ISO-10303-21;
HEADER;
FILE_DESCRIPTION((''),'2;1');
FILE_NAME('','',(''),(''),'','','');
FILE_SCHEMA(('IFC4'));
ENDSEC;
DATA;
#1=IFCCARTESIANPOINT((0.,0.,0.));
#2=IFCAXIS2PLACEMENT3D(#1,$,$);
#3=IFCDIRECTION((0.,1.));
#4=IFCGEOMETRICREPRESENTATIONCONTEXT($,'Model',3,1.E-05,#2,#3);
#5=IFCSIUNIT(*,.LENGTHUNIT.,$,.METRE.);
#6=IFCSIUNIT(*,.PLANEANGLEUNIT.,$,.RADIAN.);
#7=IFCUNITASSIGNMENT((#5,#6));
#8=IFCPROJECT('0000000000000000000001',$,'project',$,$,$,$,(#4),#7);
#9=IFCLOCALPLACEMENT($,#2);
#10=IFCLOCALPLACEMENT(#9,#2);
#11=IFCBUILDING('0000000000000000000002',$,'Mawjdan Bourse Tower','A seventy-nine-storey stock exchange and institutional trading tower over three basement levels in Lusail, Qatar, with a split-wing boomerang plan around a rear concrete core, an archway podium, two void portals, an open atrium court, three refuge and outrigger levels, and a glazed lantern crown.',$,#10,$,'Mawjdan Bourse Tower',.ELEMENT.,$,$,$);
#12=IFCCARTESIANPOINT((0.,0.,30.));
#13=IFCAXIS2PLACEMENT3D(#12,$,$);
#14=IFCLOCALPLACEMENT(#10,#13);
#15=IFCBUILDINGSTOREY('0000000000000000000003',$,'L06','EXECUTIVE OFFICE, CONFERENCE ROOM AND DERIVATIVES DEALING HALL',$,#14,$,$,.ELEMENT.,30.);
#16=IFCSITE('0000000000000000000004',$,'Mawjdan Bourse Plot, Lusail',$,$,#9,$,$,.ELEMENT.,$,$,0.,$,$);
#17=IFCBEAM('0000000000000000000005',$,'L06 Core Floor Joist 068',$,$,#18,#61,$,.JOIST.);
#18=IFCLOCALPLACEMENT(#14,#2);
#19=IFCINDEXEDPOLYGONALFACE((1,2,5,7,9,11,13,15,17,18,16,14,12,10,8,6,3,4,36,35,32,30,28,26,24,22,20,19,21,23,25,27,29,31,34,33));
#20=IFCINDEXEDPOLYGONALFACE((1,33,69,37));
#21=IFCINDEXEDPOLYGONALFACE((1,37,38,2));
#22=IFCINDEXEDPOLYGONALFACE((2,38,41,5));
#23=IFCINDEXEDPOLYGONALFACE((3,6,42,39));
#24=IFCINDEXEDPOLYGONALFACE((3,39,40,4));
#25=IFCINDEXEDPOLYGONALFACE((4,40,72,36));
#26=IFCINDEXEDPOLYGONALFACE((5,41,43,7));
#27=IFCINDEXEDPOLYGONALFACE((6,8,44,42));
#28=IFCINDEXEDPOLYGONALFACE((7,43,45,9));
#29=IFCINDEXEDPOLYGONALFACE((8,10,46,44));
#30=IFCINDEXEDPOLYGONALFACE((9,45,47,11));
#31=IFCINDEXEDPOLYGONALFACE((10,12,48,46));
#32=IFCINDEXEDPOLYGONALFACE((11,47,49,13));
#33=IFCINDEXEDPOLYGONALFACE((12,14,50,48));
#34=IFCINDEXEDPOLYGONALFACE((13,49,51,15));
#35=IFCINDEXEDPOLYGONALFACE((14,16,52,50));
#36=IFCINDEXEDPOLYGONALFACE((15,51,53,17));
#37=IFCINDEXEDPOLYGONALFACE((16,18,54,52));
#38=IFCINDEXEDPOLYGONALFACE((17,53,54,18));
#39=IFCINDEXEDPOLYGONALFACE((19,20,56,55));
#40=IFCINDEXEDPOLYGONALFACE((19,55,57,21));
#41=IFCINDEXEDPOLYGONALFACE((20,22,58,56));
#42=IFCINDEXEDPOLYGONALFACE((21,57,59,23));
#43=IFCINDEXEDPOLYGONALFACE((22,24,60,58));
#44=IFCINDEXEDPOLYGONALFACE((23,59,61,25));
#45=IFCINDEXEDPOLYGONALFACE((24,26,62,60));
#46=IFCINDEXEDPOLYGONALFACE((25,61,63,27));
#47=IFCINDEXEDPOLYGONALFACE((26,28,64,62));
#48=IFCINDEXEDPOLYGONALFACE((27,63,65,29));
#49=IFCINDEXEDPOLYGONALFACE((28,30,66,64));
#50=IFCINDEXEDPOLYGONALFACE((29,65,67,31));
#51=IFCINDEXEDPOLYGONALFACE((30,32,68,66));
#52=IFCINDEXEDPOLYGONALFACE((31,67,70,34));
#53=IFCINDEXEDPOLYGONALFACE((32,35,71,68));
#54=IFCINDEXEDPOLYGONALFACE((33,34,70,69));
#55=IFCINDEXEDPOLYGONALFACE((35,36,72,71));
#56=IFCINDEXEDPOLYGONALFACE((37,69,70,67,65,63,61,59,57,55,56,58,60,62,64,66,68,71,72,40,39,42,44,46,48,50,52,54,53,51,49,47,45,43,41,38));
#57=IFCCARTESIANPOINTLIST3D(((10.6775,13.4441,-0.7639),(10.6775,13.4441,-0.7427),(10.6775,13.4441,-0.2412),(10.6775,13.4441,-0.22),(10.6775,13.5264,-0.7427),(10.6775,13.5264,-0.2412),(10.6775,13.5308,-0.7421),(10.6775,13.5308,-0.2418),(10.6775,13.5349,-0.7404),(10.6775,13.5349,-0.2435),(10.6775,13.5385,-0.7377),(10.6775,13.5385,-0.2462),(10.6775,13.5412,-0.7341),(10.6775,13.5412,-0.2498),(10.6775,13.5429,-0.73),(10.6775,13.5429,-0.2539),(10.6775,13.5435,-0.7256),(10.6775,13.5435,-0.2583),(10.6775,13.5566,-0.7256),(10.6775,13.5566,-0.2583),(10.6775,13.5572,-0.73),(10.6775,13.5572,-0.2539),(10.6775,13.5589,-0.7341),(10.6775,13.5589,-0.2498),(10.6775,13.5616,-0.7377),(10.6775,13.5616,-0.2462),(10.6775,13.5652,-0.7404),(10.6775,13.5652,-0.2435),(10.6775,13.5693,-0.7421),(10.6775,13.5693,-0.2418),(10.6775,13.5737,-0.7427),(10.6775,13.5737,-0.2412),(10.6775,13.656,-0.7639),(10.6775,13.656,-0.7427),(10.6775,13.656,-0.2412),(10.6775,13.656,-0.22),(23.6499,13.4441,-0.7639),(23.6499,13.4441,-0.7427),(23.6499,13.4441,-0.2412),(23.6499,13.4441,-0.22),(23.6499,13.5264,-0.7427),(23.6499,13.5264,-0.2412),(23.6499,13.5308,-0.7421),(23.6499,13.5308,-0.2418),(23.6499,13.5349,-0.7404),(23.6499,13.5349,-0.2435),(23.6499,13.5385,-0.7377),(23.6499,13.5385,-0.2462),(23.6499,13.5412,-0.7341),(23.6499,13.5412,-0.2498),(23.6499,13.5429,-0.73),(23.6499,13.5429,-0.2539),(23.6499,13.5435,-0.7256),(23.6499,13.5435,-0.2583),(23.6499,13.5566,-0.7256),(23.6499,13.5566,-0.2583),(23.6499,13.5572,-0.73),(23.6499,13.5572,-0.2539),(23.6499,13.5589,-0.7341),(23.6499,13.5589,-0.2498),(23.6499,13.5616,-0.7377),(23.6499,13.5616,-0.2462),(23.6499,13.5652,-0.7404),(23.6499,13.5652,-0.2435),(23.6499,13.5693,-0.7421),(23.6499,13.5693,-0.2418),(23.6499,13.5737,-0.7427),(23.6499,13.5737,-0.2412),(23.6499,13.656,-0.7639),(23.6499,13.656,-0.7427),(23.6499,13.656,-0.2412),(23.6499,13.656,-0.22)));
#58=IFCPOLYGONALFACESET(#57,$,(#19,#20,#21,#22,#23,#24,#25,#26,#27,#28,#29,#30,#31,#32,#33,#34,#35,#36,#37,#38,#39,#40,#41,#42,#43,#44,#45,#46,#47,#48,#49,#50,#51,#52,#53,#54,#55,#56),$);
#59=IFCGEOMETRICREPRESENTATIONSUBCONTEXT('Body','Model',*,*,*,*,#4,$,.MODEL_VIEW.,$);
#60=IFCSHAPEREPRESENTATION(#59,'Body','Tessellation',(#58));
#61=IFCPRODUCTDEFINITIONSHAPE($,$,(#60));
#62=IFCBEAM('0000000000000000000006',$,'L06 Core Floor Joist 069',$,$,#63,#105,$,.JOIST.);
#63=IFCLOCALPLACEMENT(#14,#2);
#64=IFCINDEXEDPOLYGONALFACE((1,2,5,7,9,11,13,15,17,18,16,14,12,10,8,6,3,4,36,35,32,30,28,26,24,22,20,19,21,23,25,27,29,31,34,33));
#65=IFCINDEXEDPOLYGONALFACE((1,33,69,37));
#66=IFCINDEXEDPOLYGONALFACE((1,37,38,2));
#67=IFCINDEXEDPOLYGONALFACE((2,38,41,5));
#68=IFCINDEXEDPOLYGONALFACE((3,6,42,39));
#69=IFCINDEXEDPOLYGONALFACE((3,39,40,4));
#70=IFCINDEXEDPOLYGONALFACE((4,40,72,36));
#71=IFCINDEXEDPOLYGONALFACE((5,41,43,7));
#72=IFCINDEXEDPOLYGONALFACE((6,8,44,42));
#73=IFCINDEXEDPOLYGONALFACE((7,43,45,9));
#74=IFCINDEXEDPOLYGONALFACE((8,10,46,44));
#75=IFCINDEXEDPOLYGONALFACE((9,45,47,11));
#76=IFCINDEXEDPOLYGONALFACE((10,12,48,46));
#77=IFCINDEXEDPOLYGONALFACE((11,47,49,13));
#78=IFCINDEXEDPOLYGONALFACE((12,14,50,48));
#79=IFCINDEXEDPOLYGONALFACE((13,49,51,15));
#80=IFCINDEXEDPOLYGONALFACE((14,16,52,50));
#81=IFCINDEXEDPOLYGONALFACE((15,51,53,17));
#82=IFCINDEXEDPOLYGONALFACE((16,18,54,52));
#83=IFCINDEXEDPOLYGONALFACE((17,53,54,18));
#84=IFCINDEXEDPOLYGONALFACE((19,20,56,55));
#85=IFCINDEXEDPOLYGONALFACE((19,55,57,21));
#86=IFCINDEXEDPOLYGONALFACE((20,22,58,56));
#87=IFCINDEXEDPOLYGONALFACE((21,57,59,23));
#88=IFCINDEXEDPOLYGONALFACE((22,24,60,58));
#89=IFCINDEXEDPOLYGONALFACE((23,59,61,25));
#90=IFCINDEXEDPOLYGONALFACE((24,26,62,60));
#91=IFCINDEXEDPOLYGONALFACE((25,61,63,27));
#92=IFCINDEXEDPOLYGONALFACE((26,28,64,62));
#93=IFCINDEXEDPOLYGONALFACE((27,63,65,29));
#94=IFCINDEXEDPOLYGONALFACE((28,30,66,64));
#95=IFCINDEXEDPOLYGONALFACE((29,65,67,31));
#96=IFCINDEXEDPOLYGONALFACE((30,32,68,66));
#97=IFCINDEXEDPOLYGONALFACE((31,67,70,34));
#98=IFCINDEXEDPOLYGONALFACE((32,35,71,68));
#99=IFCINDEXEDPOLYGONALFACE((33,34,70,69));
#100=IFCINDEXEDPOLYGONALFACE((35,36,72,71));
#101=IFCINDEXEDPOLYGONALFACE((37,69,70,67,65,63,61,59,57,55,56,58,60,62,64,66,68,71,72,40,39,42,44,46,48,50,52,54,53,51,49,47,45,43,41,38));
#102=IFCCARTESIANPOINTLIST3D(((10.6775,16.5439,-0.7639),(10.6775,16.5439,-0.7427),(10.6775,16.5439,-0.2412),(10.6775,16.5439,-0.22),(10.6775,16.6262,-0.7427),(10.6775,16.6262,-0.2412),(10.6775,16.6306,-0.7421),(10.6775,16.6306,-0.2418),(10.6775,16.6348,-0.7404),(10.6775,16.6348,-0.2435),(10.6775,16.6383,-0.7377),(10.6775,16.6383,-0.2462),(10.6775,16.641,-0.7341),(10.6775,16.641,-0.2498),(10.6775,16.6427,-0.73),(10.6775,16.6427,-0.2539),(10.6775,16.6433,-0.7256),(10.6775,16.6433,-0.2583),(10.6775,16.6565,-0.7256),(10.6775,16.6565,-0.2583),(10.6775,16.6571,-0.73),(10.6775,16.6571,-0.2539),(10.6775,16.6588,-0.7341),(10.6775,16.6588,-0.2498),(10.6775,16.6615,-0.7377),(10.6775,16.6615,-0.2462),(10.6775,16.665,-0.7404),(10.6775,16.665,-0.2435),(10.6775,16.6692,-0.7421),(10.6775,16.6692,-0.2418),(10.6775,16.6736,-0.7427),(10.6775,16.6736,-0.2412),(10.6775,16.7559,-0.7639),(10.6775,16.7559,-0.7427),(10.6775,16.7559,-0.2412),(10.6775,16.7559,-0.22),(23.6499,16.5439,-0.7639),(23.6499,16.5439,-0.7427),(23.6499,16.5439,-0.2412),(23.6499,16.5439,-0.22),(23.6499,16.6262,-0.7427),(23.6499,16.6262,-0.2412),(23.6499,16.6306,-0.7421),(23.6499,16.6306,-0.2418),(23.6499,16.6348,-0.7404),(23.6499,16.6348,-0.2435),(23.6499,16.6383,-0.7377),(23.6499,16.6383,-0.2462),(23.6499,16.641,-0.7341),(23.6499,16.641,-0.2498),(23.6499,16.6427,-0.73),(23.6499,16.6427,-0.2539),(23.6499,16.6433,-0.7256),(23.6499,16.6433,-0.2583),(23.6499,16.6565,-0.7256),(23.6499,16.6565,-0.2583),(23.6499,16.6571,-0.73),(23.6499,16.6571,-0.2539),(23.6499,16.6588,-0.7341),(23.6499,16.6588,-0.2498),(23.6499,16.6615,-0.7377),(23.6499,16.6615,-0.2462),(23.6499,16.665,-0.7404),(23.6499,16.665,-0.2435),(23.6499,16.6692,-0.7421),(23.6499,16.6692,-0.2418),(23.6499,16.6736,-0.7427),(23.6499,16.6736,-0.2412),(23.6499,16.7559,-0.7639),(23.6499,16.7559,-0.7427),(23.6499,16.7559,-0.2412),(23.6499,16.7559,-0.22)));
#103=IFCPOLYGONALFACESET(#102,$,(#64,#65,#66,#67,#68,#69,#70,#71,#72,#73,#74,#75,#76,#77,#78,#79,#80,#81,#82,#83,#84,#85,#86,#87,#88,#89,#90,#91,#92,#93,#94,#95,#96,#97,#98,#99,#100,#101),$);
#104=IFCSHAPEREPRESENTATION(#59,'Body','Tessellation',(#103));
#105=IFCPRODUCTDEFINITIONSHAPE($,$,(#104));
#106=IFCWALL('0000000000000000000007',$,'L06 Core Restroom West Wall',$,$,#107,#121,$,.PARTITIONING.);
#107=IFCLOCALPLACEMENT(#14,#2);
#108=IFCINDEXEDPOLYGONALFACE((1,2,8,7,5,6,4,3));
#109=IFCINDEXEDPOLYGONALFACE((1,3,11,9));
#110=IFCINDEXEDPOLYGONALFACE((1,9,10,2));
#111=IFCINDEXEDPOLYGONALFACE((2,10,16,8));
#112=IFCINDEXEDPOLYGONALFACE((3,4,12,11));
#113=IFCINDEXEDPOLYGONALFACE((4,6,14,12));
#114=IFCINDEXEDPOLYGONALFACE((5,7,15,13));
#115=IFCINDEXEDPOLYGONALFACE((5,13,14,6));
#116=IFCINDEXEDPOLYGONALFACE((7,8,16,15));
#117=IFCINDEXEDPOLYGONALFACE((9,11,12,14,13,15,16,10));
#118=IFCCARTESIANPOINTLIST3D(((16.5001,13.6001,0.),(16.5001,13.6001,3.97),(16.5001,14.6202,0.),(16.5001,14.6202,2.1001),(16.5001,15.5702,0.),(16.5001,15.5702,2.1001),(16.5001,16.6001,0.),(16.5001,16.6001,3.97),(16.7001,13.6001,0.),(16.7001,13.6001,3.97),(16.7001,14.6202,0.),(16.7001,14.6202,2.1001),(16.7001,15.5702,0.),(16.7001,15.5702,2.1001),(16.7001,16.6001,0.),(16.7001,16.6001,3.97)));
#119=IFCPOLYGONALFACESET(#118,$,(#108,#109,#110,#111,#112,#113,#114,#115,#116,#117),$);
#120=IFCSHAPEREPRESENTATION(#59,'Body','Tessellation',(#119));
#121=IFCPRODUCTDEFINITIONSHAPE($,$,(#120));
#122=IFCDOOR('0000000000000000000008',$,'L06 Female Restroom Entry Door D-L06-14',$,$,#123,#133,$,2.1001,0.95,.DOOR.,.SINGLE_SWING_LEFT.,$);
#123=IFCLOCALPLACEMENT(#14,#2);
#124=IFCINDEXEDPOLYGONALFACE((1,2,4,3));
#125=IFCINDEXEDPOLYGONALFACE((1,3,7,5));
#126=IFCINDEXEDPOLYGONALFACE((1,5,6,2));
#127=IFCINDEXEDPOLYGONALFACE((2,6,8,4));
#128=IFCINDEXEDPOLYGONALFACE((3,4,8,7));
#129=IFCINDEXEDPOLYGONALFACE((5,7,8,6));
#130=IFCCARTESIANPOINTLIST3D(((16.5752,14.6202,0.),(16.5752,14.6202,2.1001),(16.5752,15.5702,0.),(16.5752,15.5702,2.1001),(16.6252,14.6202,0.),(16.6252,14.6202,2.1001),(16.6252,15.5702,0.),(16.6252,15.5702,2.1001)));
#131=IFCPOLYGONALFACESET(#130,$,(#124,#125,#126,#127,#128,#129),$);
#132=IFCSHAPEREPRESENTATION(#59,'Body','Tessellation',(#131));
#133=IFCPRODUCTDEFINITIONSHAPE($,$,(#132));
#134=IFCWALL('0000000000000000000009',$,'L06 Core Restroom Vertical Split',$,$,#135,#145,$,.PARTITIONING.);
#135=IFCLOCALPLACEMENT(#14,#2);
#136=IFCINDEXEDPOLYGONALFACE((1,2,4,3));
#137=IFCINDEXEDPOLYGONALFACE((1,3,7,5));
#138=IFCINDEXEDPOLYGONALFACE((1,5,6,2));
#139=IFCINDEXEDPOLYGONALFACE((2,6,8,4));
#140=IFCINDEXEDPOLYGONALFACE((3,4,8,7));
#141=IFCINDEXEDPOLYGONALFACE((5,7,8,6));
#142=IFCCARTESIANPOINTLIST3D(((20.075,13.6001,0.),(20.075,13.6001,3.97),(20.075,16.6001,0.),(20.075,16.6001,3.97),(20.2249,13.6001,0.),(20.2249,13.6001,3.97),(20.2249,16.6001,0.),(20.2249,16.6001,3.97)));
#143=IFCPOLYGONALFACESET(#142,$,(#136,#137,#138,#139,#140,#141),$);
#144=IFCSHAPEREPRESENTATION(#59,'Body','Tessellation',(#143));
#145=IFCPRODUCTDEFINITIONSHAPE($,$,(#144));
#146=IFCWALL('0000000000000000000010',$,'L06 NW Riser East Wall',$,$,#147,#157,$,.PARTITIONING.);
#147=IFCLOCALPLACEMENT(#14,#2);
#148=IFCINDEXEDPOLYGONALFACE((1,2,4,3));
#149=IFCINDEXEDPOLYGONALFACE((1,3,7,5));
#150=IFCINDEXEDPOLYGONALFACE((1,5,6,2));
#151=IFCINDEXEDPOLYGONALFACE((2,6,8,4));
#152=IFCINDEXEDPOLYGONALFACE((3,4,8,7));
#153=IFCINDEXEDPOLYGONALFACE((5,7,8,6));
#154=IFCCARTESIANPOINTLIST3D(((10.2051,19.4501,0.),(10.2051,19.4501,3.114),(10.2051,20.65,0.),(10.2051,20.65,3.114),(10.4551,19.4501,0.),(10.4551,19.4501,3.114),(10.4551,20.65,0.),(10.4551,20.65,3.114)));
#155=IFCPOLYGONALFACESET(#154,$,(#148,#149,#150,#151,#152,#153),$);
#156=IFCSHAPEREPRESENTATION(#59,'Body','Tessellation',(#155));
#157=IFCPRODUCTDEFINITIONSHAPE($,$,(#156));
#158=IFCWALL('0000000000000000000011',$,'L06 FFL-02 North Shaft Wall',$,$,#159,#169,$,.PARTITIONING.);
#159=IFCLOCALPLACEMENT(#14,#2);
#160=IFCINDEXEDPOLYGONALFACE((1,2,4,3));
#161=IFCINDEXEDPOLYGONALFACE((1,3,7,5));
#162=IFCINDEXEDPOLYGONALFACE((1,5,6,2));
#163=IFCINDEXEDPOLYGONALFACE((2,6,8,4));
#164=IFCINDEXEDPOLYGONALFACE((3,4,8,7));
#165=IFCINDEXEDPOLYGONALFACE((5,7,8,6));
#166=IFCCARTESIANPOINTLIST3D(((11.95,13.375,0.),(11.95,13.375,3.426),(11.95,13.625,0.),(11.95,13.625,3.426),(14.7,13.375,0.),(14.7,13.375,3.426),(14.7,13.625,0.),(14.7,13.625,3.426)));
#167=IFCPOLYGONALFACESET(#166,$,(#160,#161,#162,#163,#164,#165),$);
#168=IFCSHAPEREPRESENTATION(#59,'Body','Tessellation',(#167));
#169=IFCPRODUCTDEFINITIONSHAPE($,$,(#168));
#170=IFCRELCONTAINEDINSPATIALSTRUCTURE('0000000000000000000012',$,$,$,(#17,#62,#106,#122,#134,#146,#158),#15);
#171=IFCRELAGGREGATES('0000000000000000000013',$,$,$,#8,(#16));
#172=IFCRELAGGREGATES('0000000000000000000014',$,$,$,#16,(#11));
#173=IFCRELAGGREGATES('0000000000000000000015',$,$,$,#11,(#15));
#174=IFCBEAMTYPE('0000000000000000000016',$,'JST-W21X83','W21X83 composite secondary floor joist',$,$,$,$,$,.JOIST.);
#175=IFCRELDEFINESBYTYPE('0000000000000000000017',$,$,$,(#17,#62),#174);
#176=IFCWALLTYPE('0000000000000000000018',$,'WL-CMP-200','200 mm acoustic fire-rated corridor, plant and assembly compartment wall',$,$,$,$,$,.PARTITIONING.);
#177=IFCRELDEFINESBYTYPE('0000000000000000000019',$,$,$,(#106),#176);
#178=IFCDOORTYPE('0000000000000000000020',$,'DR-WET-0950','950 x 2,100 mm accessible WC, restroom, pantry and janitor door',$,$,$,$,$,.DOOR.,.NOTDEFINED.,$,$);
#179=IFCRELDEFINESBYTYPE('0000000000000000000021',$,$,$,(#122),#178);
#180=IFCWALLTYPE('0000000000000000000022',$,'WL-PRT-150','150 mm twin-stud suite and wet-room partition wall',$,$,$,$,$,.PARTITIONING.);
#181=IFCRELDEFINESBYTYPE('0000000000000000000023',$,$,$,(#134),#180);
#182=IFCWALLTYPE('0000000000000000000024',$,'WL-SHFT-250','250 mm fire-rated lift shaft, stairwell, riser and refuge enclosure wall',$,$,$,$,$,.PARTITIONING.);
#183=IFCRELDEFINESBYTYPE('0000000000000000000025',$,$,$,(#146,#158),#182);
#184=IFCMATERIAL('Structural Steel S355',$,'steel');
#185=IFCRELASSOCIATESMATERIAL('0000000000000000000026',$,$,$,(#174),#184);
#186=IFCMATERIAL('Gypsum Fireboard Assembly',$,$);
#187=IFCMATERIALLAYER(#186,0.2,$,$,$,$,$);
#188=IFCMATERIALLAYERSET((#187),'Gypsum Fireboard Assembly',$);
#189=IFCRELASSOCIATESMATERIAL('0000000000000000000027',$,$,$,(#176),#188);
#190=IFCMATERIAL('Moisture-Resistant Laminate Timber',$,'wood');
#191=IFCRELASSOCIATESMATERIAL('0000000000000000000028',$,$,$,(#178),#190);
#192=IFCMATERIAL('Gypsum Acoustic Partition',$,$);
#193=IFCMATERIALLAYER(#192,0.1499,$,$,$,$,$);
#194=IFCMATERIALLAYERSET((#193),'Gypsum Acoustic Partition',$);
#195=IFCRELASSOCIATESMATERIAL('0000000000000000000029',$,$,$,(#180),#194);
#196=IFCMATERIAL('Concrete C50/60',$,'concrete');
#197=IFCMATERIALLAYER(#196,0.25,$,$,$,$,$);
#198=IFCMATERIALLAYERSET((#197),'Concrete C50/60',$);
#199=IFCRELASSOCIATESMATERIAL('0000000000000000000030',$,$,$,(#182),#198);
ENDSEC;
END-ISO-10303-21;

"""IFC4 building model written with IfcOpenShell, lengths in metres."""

from ifc_helpers import new_model, si_unit, direction, frame, frame_2d, origin, origin_2d, place, context, subcontext, project, spatial, rectangle, i_section, extrude, material, layer, layer_set, material_profile, profile_set, type_object, element, fill, save


model = new_model("IFC4")

# Units and contexts
model_context = context("Model", 3, precision=1e-05, world=origin(), true_north=direction((0.0, 1.0)))
body_context = subcontext(model_context, "Body", "Model", "MODEL_VIEW")
ifc_project = project(units=[si_unit("LENGTHUNIT", "METRE"), si_unit("PLANEANGLEUNIT", "RADIAN")], contexts=[model_context])

# Site, building, storey
site_placement = place(None, origin())
site = spatial("IfcSite", under=ifc_project, at=site_placement, Name="Mawjdan Bourse Plot, Lusail", CompositionType="ELEMENT", RefElevation=0.0)
building_placement = place(site_placement, origin())
building = spatial("IfcBuilding", under=site, at=building_placement, Name="Mawjdan Bourse Tower", Description="A seventy-nine-storey stock exchange and institutional trading tower over three basement levels in Lusail, Qatar, with a split-wing boomerang plan around a rear concrete core, an archway podium, two void portals, an open atrium court, three refuge and outrigger levels, and a glazed lantern crown.", LongName="Mawjdan Bourse Tower", CompositionType="ELEMENT")
storey_placement = place(building_placement, frame((0.0, 0.0, 30.0)))
storey = spatial("IfcBuildingStorey", under=building, at=storey_placement, Name="L06", Description="EXECUTIVE OFFICE, CONFERENCE ROOM AND DERIVATIVES DEALING HALL", CompositionType="ELEMENT", Elevation=30.0)

# Beams
ifc_material_1 = material(Name="Structural Steel S355", Category="steel")
ifc_material_profile = material_profile(ifc_material_1, i_section(OverallWidth=0.2119, OverallDepth=0.5439, WebThickness=0.0132, FlangeThickness=0.0212, FilletRadius=0.0171, at=origin_2d()), Name="W21X83")
ifc_profile_set = profile_set([ifc_material_profile], Name="Structural Steel S355")
beam_type = type_object("IfcBeamType", Name="JST-W21X83", Description="W21X83 composite secondary floor joist", PredefinedType="JOIST", material=ifc_profile_set)
for number, where, z_axis, x_axis, name in (
    (1, (10.6775, 13.55, -0.4919), (1.0, 0.0, 0.0), (0.0, 1.0, 0.0), "L06 Core Floor Joist 068"),
    (2, (10.6775, 16.6499, -0.4919), (1.0, 0.0, 0.0), (0.0, 1.0, 0.0), "L06 Core Floor Joist 069"),
):
    element("IfcBeam", number, at=place(storey_placement, frame(where, z_axis=z_axis, x_axis=x_axis)), inside=storey, type_object=beam_type, Name=name, PredefinedType="JOIST", context=body_context, shape_type="SweptSolid", body=[
        extrude(i_section(OverallWidth=0.2119, OverallDepth=0.5439, WebThickness=0.0132, FlangeThickness=0.0212, FilletRadius=0.0171, at=origin_2d()), origin(), (0.0, 0.0, 1.0), 12.9724),
    ])

# Wall, opening, door
ifc_material_2 = material(Name="Gypsum Fireboard Assembly")
ifc_layer_1 = layer(ifc_material_2, 0.2)
ifc_layer_set_1 = layer_set([ifc_layer_1], Name="Gypsum Fireboard Assembly")
wall_type_1 = type_object("IfcWallType", Name="WL-CMP-200", Description="200 mm acoustic fire-rated corridor, plant and assembly compartment wall", PredefinedType="PARTITIONING", material=ifc_layer_set_1)
wall_1_placement = place(storey_placement, frame((16.6001, 13.6001, 0.0), z_axis=(0.0, 0.0, 1.0), x_axis=(0.0, 1.0, 0.0)))
wall_1 = element("IfcWall", 3, at=wall_1_placement, inside=storey, type_object=wall_type_1, Name="L06 Core Restroom West Wall", PredefinedType="PARTITIONING", context=body_context, shape_type="SweptSolid", body=[
    extrude(rectangle(XDim=3.0, YDim=0.2, at=frame_2d((1.5, 0.0))), origin(), (0.0, 0.0, 1.0), 3.97),
])
opening_1_placement = place(wall_1_placement, frame((1.02, 0.0, 0.0)))
opening_1 = element("IfcOpeningElement", 4, at=opening_1_placement, cuts=wall_1, PredefinedType="OPENING", context=body_context, shape_type="SweptSolid", body=[
    extrude(rectangle(XDim=0.95, YDim=2.1001, at=frame_2d((0.4751, 1.05))), frame((0.0, 0.1099, 0.0), z_axis=(0.0, -1.0, 0.0), x_axis=(1.0, 0.0, 0.0)), (0.0, 0.0, 1.0), 0.22),
])
ifc_material_3 = material(Name="Moisture-Resistant Laminate Timber", Category="wood")
door_type_1 = type_object("IfcDoorType", Name="DR-WET-0950", Description="950 x 2,100 mm accessible WC, restroom, pantry and janitor door", OperationType="NOTDEFINED", PredefinedType="DOOR", material=ifc_material_3)
door_1_placement = place(opening_1_placement, origin())
door_1 = element("IfcDoor", 5, at=door_1_placement, inside=storey, type_object=door_type_1, Name="L06 Female Restroom Entry Door D-L06-14", OperationType="SINGLE_SWING_LEFT", OverallHeight=2.1001, OverallWidth=0.95, PredefinedType="DOOR", context=body_context, shape_type="SweptSolid", body=[
    extrude(rectangle(XDim=0.95, YDim=2.1001, at=frame_2d((0.4751, 1.05))), frame((0.0, 0.0249, 0.0), z_axis=(0.0, -1.0, 0.0), x_axis=(1.0, 0.0, 0.0)), (0.0, 0.0, 1.0), 0.05),
])
fill(opening_1, door_1)

# Walls
ifc_material_4 = material(Name="Gypsum Acoustic Partition")
ifc_layer_2 = layer(ifc_material_4, 0.1499)
ifc_layer_set_2 = layer_set([ifc_layer_2], Name="Gypsum Acoustic Partition")
wall_type_2 = type_object("IfcWallType", Name="WL-PRT-150", Description="150 mm twin-stud suite and wet-room partition wall", PredefinedType="PARTITIONING", material=ifc_layer_set_2)
wall_2_placement = place(storey_placement, frame((20.1499, 13.6001, 0.0), z_axis=(0.0, 0.0, 1.0), x_axis=(0.0, 1.0, 0.0)))
element("IfcWall", 6, at=wall_2_placement, inside=storey, type_object=wall_type_2, Name="L06 Core Restroom Vertical Split", PredefinedType="PARTITIONING", context=body_context, shape_type="SweptSolid", body=[
    extrude(rectangle(XDim=3.0, YDim=0.1499, at=frame_2d((1.5, 0.0))), origin(), (0.0, 0.0, 1.0), 3.97),
])
ifc_material_5 = material(Name="Concrete C50/60", Category="concrete")
ifc_layer_3 = layer(ifc_material_5, 0.25)
ifc_layer_set_3 = layer_set([ifc_layer_3], Name="Concrete C50/60")
wall_type_3 = type_object("IfcWallType", Name="WL-SHFT-250", Description="250 mm fire-rated lift shaft, stairwell, riser and refuge enclosure wall", PredefinedType="PARTITIONING", material=ifc_layer_set_3)
wall_3_placement = place(storey_placement, frame((10.3301, 19.45, 0.0), z_axis=(0.0, 0.0, 1.0), x_axis=(0.0, 1.0, 0.0)))
element("IfcWall", 7, at=wall_3_placement, inside=storey, type_object=wall_type_3, Name="L06 NW Riser East Wall", PredefinedType="PARTITIONING", context=body_context, shape_type="SweptSolid", body=[
    extrude(rectangle(XDim=1.2, YDim=0.25, at=frame_2d((0.6001, 0.0))), origin(), (0.0, 0.0, 1.0), 3.114),
])
wall_4_placement = place(storey_placement, frame((11.95, 13.5, 0.0), z_axis=(0.0, 0.0, 1.0), x_axis=(1.0, 0.0, 0.0)))
element("IfcWall", 8, at=wall_4_placement, inside=storey, type_object=wall_type_3, Name="L06 FFL-02 North Shaft Wall", PredefinedType="PARTITIONING", context=body_context, shape_type="SweptSolid", body=[
    extrude(rectangle(XDim=2.75, YDim=0.25, at=frame_2d((1.375, 0.0))), origin(), (0.0, 0.0, 1.0), 3.426),
])

save(model, "model.ifc")
